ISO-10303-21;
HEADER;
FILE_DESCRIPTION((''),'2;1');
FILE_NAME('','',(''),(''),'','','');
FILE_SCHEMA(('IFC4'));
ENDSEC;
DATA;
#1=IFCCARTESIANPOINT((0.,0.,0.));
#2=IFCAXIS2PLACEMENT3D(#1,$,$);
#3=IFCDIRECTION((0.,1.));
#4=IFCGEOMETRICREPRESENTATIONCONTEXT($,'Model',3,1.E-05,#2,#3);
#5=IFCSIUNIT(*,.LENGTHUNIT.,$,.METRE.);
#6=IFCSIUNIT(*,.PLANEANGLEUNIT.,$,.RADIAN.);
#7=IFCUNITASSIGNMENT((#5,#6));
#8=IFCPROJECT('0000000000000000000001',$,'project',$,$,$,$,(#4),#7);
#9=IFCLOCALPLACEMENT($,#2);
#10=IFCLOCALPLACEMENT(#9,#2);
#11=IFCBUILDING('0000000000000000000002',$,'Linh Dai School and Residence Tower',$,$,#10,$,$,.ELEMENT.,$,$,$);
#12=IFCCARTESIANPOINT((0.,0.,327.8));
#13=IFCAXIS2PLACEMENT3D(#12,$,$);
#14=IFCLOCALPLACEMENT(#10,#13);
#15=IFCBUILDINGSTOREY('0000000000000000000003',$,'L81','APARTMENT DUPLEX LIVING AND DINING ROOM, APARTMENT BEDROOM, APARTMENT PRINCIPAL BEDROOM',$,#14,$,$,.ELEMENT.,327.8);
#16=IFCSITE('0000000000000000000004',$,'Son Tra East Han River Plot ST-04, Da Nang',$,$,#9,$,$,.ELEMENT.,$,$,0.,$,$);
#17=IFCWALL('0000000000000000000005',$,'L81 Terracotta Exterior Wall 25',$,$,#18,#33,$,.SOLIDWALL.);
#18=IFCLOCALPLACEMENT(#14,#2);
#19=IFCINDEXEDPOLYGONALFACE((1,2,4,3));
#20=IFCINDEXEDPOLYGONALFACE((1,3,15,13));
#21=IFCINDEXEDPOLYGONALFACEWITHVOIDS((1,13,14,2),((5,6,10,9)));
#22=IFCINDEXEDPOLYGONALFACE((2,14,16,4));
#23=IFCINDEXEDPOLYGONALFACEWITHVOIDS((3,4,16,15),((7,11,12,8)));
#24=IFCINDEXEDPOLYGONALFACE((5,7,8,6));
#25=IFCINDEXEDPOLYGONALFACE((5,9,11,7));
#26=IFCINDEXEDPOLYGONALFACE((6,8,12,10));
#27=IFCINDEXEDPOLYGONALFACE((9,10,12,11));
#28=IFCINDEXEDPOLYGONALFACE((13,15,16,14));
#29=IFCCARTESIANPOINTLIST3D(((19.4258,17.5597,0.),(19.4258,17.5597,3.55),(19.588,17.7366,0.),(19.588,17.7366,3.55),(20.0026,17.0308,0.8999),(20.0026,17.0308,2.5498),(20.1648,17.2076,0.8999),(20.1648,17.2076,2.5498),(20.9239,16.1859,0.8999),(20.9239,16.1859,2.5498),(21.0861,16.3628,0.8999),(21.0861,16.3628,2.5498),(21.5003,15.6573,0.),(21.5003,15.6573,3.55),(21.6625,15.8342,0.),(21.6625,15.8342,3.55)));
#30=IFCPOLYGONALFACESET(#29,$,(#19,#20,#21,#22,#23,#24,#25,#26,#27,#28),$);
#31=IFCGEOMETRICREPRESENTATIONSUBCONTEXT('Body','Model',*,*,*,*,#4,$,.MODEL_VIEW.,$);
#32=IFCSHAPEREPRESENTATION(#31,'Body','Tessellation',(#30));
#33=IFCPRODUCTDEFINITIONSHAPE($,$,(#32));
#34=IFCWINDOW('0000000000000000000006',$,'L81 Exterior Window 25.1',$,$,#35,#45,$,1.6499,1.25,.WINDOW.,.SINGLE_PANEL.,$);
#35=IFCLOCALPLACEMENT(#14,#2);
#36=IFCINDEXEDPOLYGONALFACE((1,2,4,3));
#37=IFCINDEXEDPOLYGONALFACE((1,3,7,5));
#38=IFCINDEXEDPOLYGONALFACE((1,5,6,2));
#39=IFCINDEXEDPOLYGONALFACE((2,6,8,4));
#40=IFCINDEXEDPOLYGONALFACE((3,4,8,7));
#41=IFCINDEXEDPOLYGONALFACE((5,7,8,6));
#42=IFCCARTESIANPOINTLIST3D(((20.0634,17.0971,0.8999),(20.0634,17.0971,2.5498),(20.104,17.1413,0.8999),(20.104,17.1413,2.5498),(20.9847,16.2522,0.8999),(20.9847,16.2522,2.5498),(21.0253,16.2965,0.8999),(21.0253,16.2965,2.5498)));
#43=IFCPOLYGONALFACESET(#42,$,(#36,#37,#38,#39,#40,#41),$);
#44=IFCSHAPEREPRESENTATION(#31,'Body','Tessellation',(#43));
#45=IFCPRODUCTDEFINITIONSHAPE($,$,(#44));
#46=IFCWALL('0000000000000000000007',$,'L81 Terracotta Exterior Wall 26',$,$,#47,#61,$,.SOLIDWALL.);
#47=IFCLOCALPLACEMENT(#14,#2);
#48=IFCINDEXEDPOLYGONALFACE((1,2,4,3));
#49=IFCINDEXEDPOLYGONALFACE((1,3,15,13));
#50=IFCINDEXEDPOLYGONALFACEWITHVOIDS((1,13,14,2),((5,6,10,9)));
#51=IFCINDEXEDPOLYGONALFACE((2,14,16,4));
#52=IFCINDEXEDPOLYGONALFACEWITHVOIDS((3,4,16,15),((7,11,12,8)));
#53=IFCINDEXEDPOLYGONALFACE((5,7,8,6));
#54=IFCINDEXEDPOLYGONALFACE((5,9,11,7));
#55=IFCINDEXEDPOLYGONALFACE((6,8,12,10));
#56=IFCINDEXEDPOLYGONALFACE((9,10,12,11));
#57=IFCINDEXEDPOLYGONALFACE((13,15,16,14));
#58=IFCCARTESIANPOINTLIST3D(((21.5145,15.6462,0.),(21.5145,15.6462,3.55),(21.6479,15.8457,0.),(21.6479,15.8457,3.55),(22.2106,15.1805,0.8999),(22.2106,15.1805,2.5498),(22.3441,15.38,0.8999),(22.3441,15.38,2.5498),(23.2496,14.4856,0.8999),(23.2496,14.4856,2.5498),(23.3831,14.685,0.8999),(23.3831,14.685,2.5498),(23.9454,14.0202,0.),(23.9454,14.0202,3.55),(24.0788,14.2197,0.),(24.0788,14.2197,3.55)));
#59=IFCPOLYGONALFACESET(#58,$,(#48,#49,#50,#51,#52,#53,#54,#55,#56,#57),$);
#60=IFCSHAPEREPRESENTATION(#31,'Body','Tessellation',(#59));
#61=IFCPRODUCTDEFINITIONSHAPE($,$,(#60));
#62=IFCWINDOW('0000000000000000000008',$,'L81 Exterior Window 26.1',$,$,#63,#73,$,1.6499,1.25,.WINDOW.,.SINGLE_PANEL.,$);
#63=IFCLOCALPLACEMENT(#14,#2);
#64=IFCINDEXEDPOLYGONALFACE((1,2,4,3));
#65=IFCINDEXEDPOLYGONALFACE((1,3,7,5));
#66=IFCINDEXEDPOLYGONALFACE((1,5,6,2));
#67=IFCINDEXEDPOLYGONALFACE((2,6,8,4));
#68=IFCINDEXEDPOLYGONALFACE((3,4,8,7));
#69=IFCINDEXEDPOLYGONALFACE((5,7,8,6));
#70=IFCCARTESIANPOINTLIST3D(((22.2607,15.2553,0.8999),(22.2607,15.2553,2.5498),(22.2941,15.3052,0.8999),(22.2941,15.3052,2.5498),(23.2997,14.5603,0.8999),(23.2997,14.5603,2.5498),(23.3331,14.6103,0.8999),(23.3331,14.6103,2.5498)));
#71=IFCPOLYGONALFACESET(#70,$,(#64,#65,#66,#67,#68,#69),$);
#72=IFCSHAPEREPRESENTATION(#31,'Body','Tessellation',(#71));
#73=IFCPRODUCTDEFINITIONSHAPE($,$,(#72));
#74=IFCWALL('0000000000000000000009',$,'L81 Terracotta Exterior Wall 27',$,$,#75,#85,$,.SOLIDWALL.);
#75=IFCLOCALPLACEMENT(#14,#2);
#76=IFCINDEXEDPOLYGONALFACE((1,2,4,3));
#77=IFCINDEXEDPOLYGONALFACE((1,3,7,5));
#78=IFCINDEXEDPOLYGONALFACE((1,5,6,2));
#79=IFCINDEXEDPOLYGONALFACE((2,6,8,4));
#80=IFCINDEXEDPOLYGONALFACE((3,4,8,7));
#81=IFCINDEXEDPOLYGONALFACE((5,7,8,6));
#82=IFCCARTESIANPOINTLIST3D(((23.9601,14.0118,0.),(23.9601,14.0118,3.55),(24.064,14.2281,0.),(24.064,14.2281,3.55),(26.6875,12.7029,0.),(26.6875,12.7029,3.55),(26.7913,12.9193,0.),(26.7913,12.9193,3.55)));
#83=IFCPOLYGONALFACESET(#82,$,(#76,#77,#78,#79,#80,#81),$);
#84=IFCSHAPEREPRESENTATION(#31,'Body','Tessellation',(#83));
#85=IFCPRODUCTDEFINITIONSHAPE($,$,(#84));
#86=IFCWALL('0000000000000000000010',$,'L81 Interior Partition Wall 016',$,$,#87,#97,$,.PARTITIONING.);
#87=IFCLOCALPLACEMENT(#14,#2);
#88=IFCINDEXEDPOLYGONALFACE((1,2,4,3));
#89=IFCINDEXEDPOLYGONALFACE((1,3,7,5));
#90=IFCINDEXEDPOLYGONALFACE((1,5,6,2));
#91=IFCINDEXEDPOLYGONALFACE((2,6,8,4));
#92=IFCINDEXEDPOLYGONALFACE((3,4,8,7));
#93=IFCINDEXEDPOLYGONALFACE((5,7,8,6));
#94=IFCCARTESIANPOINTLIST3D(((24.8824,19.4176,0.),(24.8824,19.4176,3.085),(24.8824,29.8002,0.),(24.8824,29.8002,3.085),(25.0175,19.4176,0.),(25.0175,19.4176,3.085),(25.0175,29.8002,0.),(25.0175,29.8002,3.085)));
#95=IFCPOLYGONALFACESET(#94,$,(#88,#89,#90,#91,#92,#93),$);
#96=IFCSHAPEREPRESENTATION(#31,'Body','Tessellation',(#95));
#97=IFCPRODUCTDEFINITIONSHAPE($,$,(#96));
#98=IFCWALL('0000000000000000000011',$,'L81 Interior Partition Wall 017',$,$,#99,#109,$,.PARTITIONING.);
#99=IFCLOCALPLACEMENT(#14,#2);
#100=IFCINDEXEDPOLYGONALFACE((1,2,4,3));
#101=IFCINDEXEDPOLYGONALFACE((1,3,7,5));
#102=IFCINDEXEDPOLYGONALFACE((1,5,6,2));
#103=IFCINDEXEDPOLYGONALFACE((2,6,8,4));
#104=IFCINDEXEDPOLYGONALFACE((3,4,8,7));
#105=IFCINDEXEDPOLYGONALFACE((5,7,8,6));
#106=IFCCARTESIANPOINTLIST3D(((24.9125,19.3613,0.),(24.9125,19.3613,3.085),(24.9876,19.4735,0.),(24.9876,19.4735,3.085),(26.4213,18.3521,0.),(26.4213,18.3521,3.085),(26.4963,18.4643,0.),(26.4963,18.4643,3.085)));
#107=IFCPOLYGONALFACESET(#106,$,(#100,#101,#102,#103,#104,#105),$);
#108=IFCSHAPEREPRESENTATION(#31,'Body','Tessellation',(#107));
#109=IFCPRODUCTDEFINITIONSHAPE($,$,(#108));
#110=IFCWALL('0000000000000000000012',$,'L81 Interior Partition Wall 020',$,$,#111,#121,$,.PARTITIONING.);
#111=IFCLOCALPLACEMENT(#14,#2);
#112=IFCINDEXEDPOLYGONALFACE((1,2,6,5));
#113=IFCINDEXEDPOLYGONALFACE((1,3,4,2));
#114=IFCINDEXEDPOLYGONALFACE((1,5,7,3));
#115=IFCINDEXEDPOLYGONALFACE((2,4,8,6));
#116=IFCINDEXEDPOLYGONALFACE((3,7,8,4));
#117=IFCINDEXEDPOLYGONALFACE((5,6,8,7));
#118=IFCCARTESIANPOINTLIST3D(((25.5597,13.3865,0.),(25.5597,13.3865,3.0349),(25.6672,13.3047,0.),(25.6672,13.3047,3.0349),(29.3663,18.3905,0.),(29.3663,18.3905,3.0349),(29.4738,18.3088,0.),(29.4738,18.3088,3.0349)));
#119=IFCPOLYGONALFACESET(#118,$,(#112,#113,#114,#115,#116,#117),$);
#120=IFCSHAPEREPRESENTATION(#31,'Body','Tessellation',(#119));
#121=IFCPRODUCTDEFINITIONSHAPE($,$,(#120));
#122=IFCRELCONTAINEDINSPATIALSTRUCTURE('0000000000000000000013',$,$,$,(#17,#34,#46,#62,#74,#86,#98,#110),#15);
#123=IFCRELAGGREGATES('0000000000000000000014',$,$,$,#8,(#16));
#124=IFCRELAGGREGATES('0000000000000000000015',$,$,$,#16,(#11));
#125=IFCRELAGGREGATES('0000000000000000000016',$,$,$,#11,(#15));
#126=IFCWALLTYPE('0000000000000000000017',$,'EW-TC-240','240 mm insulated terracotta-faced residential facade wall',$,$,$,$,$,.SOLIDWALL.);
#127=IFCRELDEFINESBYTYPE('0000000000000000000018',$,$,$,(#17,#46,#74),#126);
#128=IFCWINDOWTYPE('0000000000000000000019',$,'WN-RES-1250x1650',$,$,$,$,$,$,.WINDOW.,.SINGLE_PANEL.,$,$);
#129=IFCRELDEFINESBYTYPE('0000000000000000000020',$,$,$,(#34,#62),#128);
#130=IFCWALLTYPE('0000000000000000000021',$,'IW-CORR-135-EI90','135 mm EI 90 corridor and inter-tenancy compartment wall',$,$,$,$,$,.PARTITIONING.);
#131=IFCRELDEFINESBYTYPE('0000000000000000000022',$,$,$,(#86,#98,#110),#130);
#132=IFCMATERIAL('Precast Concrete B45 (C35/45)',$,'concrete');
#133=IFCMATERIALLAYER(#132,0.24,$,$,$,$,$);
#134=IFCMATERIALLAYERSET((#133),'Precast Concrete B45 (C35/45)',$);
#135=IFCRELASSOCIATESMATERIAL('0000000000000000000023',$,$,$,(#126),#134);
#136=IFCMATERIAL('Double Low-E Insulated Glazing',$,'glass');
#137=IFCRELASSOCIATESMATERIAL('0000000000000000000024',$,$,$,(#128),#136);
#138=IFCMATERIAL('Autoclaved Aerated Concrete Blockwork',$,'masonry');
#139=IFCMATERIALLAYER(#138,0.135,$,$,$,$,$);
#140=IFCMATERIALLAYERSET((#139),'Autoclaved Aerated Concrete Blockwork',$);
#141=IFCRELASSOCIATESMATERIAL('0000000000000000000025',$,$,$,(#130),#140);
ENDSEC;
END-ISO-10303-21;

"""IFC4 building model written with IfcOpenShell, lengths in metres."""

from ifc_helpers import new_model, si_unit, direction, frame, frame_2d, origin, origin_2d, place, context, subcontext, project, spatial, rectangle, extrude, source, transform, mapped, material, layer, layer_set, type_object, element, fill, save


model = new_model("IFC4")

# Units and contexts
model_context = context("Model", 3, precision=1e-05, world=origin(), true_north=direction((0.0, 1.0)))
body_context = subcontext(model_context, "Body", "Model", "MODEL_VIEW")
ifc_project = project(units=[si_unit("LENGTHUNIT", "METRE"), si_unit("PLANEANGLEUNIT", "RADIAN")], contexts=[model_context])

# Site, building, storey
site_placement = place(None, origin())
site = spatial("IfcSite", under=ifc_project, at=site_placement, Name="Son Tra East Han River Plot ST-04, Da Nang", CompositionType="ELEMENT", RefElevation=0.0)
building_placement = place(site_placement, origin())
building = spatial("IfcBuilding", under=site, at=building_placement, Name="Linh Dai School and Residence Tower", CompositionType="ELEMENT")
storey_placement = place(building_placement, frame((0.0, 0.0, 327.8)))
storey = spatial("IfcBuildingStorey", under=building, at=storey_placement, Name="L81", Description="APARTMENT DUPLEX LIVING AND DINING ROOM, APARTMENT BEDROOM, APARTMENT PRINCIPAL BEDROOM", CompositionType="ELEMENT", Elevation=327.8)

# Shared definitions
ifc_material_1 = material(Name="Precast Concrete B45 (C35/45)", Category="concrete")

# Walls, openings, windows
ifc_layer_1 = layer(ifc_material_1, 0.24)
ifc_layer_set_1 = layer_set([ifc_layer_1], Name="Precast Concrete B45 (C35/45)")
wall_type_1 = type_object("IfcWallType", Name="EW-TC-240", Description="240 mm insulated terracotta-faced residential facade wall", PredefinedType="SOLIDWALL", material=ifc_layer_set_1)
wall_1_placement = place(storey_placement, frame((21.5813, 15.7458, 0.0), z_axis=(0.0, 0.0, 1.0), x_axis=(-0.737021, 0.67587, 0.0)))
wall_1 = element("IfcWall", 1, at=wall_1_placement, inside=storey, type_object=wall_type_1, Name="L81 Terracotta Exterior Wall 25", PredefinedType="SOLIDWALL", context=body_context, shape_type="SweptSolid", body=[
    extrude(rectangle(XDim=2.8147, YDim=0.24, at=frame_2d((1.4072, 0.0))), origin(), (0.0, 0.0, 1.0), 3.55),
])
opening_1_placement = place(wall_1_placement, frame((0.782, 0.0, 0.8999)))
opening_1 = element("IfcOpeningElement", 2, at=opening_1_placement, cuts=wall_1, PredefinedType="OPENING", context=body_context, shape_type="SweptSolid", body=[
    extrude(rectangle(XDim=1.25, YDim=1.6499, at=origin_2d()), frame((0.625, 0.1299, 0.825), z_axis=(0.0, -1.0, 0.0), x_axis=(1.0, 0.0, 0.0)), (0.0, 0.0, 1.0), 0.26),
])
ifc_material_2 = material(Name="Double Low-E Insulated Glazing", Category="glass")
window_type = type_object("IfcWindowType", Name="WN-RES-1250x1650", PartitioningType="SINGLE_PANEL", PredefinedType="WINDOW", material=ifc_material_2)
shared_shape_1 = source(origin(), body_context, "Body", "SweptSolid", [
    extrude(rectangle(XDim=1.25, YDim=1.6499, at=origin_2d()), frame((0.625, 0.03, 0.825), z_axis=(0.0, -1.0, 0.0), x_axis=(1.0, 0.0, 0.0)), (0.0, 0.0, 1.0), 0.0601),
])
window_1_placement = place(opening_1_placement, origin())
window_1 = element("IfcWindow", 3, at=window_1_placement, inside=storey, type_object=window_type, Name="L81 Exterior Window 25.1", OverallHeight=1.6499, OverallWidth=1.25, PartitioningType="SINGLE_PANEL", PredefinedType="WINDOW", context=body_context, shape_type="MappedRepresentation", body=[
    mapped(shared_shape_1, transform((0.0, 0.0, 0.0), x_axis=(1.0, 0.0, 0.0), y_axis=(0.0, 1.0, 0.0), z_axis=(0.0, 0.0, 1.0), scale=1.0)),
])
fill(opening_1, window_1)
wall_2_placement = place(storey_placement, frame((24.0122, 14.1199, 0.0), z_axis=(0.0, 0.0, 1.0), x_axis=(-0.831202, 0.555971, 0.0)))
wall_2 = element("IfcWall", 4, at=wall_2_placement, inside=storey, type_object=wall_type_1, Name="L81 Terracotta Exterior Wall 26", PredefinedType="SOLIDWALL", context=body_context, shape_type="SweptSolid", body=[
    extrude(rectangle(XDim=2.9246, YDim=0.24, at=frame_2d((1.4624, 0.0))), origin(), (0.0, 0.0, 1.0), 3.55),
])
opening_2_placement = place(wall_2_placement, frame((0.8372, 0.0, 0.8999)))
opening_2 = element("IfcOpeningElement", 5, at=opening_2_placement, cuts=wall_2, PredefinedType="OPENING", context=body_context, shape_type="SweptSolid", body=[
    extrude(rectangle(XDim=1.25, YDim=1.6499, at=origin_2d()), frame((0.625, 0.1299, 0.825), z_axis=(0.0, -1.0, 0.0), x_axis=(1.0, 0.0, 0.0)), (0.0, 0.0, 1.0), 0.26),
])
window_2_placement = place(opening_2_placement, origin())
window_2 = element("IfcWindow", 6, at=window_2_placement, inside=storey, type_object=window_type, Name="L81 Exterior Window 26.1", OverallHeight=1.6499, OverallWidth=1.25, PartitioningType="SINGLE_PANEL", PredefinedType="WINDOW", context=body_context, shape_type="MappedRepresentation", body=[
    mapped(shared_shape_1, transform((0.0, 0.0, 0.0), x_axis=(1.0, 0.0, 0.0), y_axis=(0.0, 1.0, 0.0), z_axis=(0.0, 0.0, 1.0), scale=1.0)),
])
fill(opening_2, window_2)

# Walls
wall_3_placement = place(storey_placement, frame((26.7395, 12.811, 0.0), z_axis=(0.0, 0.0, 1.0), x_axis=(-0.901557, 0.43266, 0.0)))
element("IfcWall", 7, at=wall_3_placement, inside=storey, type_object=wall_type_1, Name="L81 Terracotta Exterior Wall 27", PredefinedType="SOLIDWALL", context=body_context, shape_type="SweptSolid", body=[
    extrude(rectangle(XDim=3.0251, YDim=0.24, at=frame_2d((1.5127, 0.0))), origin(), (0.0, 0.0, 1.0), 3.55),
])
ifc_material_3 = material(Name="Autoclaved Aerated Concrete Blockwork", Category="masonry")
ifc_layer_2 = layer(ifc_material_3, 0.135)
ifc_layer_set_2 = layer_set([ifc_layer_2], Name="Autoclaved Aerated Concrete Blockwork")
wall_type_2 = type_object("IfcWallType", Name="IW-CORR-135-EI90", Description="135 mm EI 90 corridor and inter-tenancy compartment wall", PredefinedType="PARTITIONING", material=ifc_layer_set_2)
wall_4_placement = place(storey_placement, frame((24.95, 19.4175, 0.0), z_axis=(0.0, 0.0, 1.0), x_axis=(0.0, 1.0, 0.0)))
element("IfcWall", 8, at=wall_4_placement, inside=storey, type_object=wall_type_2, Name="L81 Interior Partition Wall 016", PredefinedType="PARTITIONING", context=body_context, shape_type="SweptSolid", body=[
    extrude(rectangle(XDim=10.3826, YDim=0.135, at=frame_2d((5.1914, 0.0))), origin(), (0.0, 0.0, 1.0), 3.085),
])
wall_5_placement = place(storey_placement, frame((24.95, 19.4175, 0.0), z_axis=(0.0, 0.0, 1.0), x_axis=(0.83118, -0.556003, 0.0)))
element("IfcWall", 9, at=wall_5_placement, inside=storey, type_object=wall_type_2, Name="L81 Interior Partition Wall 017", PredefinedType="PARTITIONING", context=body_context, shape_type="SweptSolid", body=[
    extrude(rectangle(XDim=1.8152, YDim=0.135, at=frame_2d((0.9077, 0.0))), origin(), (0.0, 0.0, 1.0), 3.085),
])
wall_6_placement = place(storey_placement, frame((25.6135, 13.3457, 0.0), z_axis=(0.0, 0.0, 1.0), x_axis=(0.605435, 0.795895, 0.0)))
element("IfcWall", 10, at=wall_6_placement, inside=storey, type_object=wall_type_2, Name="L81 Interior Partition Wall 020", PredefinedType="PARTITIONING", context=body_context, shape_type="SweptSolid", body=[
    extrude(rectangle(XDim=6.2874, YDim=0.135, at=frame_2d((3.1436, 0.0))), origin(), (0.0, 0.0, 1.0), 3.0349),
])

save(model, "model.ifc")
